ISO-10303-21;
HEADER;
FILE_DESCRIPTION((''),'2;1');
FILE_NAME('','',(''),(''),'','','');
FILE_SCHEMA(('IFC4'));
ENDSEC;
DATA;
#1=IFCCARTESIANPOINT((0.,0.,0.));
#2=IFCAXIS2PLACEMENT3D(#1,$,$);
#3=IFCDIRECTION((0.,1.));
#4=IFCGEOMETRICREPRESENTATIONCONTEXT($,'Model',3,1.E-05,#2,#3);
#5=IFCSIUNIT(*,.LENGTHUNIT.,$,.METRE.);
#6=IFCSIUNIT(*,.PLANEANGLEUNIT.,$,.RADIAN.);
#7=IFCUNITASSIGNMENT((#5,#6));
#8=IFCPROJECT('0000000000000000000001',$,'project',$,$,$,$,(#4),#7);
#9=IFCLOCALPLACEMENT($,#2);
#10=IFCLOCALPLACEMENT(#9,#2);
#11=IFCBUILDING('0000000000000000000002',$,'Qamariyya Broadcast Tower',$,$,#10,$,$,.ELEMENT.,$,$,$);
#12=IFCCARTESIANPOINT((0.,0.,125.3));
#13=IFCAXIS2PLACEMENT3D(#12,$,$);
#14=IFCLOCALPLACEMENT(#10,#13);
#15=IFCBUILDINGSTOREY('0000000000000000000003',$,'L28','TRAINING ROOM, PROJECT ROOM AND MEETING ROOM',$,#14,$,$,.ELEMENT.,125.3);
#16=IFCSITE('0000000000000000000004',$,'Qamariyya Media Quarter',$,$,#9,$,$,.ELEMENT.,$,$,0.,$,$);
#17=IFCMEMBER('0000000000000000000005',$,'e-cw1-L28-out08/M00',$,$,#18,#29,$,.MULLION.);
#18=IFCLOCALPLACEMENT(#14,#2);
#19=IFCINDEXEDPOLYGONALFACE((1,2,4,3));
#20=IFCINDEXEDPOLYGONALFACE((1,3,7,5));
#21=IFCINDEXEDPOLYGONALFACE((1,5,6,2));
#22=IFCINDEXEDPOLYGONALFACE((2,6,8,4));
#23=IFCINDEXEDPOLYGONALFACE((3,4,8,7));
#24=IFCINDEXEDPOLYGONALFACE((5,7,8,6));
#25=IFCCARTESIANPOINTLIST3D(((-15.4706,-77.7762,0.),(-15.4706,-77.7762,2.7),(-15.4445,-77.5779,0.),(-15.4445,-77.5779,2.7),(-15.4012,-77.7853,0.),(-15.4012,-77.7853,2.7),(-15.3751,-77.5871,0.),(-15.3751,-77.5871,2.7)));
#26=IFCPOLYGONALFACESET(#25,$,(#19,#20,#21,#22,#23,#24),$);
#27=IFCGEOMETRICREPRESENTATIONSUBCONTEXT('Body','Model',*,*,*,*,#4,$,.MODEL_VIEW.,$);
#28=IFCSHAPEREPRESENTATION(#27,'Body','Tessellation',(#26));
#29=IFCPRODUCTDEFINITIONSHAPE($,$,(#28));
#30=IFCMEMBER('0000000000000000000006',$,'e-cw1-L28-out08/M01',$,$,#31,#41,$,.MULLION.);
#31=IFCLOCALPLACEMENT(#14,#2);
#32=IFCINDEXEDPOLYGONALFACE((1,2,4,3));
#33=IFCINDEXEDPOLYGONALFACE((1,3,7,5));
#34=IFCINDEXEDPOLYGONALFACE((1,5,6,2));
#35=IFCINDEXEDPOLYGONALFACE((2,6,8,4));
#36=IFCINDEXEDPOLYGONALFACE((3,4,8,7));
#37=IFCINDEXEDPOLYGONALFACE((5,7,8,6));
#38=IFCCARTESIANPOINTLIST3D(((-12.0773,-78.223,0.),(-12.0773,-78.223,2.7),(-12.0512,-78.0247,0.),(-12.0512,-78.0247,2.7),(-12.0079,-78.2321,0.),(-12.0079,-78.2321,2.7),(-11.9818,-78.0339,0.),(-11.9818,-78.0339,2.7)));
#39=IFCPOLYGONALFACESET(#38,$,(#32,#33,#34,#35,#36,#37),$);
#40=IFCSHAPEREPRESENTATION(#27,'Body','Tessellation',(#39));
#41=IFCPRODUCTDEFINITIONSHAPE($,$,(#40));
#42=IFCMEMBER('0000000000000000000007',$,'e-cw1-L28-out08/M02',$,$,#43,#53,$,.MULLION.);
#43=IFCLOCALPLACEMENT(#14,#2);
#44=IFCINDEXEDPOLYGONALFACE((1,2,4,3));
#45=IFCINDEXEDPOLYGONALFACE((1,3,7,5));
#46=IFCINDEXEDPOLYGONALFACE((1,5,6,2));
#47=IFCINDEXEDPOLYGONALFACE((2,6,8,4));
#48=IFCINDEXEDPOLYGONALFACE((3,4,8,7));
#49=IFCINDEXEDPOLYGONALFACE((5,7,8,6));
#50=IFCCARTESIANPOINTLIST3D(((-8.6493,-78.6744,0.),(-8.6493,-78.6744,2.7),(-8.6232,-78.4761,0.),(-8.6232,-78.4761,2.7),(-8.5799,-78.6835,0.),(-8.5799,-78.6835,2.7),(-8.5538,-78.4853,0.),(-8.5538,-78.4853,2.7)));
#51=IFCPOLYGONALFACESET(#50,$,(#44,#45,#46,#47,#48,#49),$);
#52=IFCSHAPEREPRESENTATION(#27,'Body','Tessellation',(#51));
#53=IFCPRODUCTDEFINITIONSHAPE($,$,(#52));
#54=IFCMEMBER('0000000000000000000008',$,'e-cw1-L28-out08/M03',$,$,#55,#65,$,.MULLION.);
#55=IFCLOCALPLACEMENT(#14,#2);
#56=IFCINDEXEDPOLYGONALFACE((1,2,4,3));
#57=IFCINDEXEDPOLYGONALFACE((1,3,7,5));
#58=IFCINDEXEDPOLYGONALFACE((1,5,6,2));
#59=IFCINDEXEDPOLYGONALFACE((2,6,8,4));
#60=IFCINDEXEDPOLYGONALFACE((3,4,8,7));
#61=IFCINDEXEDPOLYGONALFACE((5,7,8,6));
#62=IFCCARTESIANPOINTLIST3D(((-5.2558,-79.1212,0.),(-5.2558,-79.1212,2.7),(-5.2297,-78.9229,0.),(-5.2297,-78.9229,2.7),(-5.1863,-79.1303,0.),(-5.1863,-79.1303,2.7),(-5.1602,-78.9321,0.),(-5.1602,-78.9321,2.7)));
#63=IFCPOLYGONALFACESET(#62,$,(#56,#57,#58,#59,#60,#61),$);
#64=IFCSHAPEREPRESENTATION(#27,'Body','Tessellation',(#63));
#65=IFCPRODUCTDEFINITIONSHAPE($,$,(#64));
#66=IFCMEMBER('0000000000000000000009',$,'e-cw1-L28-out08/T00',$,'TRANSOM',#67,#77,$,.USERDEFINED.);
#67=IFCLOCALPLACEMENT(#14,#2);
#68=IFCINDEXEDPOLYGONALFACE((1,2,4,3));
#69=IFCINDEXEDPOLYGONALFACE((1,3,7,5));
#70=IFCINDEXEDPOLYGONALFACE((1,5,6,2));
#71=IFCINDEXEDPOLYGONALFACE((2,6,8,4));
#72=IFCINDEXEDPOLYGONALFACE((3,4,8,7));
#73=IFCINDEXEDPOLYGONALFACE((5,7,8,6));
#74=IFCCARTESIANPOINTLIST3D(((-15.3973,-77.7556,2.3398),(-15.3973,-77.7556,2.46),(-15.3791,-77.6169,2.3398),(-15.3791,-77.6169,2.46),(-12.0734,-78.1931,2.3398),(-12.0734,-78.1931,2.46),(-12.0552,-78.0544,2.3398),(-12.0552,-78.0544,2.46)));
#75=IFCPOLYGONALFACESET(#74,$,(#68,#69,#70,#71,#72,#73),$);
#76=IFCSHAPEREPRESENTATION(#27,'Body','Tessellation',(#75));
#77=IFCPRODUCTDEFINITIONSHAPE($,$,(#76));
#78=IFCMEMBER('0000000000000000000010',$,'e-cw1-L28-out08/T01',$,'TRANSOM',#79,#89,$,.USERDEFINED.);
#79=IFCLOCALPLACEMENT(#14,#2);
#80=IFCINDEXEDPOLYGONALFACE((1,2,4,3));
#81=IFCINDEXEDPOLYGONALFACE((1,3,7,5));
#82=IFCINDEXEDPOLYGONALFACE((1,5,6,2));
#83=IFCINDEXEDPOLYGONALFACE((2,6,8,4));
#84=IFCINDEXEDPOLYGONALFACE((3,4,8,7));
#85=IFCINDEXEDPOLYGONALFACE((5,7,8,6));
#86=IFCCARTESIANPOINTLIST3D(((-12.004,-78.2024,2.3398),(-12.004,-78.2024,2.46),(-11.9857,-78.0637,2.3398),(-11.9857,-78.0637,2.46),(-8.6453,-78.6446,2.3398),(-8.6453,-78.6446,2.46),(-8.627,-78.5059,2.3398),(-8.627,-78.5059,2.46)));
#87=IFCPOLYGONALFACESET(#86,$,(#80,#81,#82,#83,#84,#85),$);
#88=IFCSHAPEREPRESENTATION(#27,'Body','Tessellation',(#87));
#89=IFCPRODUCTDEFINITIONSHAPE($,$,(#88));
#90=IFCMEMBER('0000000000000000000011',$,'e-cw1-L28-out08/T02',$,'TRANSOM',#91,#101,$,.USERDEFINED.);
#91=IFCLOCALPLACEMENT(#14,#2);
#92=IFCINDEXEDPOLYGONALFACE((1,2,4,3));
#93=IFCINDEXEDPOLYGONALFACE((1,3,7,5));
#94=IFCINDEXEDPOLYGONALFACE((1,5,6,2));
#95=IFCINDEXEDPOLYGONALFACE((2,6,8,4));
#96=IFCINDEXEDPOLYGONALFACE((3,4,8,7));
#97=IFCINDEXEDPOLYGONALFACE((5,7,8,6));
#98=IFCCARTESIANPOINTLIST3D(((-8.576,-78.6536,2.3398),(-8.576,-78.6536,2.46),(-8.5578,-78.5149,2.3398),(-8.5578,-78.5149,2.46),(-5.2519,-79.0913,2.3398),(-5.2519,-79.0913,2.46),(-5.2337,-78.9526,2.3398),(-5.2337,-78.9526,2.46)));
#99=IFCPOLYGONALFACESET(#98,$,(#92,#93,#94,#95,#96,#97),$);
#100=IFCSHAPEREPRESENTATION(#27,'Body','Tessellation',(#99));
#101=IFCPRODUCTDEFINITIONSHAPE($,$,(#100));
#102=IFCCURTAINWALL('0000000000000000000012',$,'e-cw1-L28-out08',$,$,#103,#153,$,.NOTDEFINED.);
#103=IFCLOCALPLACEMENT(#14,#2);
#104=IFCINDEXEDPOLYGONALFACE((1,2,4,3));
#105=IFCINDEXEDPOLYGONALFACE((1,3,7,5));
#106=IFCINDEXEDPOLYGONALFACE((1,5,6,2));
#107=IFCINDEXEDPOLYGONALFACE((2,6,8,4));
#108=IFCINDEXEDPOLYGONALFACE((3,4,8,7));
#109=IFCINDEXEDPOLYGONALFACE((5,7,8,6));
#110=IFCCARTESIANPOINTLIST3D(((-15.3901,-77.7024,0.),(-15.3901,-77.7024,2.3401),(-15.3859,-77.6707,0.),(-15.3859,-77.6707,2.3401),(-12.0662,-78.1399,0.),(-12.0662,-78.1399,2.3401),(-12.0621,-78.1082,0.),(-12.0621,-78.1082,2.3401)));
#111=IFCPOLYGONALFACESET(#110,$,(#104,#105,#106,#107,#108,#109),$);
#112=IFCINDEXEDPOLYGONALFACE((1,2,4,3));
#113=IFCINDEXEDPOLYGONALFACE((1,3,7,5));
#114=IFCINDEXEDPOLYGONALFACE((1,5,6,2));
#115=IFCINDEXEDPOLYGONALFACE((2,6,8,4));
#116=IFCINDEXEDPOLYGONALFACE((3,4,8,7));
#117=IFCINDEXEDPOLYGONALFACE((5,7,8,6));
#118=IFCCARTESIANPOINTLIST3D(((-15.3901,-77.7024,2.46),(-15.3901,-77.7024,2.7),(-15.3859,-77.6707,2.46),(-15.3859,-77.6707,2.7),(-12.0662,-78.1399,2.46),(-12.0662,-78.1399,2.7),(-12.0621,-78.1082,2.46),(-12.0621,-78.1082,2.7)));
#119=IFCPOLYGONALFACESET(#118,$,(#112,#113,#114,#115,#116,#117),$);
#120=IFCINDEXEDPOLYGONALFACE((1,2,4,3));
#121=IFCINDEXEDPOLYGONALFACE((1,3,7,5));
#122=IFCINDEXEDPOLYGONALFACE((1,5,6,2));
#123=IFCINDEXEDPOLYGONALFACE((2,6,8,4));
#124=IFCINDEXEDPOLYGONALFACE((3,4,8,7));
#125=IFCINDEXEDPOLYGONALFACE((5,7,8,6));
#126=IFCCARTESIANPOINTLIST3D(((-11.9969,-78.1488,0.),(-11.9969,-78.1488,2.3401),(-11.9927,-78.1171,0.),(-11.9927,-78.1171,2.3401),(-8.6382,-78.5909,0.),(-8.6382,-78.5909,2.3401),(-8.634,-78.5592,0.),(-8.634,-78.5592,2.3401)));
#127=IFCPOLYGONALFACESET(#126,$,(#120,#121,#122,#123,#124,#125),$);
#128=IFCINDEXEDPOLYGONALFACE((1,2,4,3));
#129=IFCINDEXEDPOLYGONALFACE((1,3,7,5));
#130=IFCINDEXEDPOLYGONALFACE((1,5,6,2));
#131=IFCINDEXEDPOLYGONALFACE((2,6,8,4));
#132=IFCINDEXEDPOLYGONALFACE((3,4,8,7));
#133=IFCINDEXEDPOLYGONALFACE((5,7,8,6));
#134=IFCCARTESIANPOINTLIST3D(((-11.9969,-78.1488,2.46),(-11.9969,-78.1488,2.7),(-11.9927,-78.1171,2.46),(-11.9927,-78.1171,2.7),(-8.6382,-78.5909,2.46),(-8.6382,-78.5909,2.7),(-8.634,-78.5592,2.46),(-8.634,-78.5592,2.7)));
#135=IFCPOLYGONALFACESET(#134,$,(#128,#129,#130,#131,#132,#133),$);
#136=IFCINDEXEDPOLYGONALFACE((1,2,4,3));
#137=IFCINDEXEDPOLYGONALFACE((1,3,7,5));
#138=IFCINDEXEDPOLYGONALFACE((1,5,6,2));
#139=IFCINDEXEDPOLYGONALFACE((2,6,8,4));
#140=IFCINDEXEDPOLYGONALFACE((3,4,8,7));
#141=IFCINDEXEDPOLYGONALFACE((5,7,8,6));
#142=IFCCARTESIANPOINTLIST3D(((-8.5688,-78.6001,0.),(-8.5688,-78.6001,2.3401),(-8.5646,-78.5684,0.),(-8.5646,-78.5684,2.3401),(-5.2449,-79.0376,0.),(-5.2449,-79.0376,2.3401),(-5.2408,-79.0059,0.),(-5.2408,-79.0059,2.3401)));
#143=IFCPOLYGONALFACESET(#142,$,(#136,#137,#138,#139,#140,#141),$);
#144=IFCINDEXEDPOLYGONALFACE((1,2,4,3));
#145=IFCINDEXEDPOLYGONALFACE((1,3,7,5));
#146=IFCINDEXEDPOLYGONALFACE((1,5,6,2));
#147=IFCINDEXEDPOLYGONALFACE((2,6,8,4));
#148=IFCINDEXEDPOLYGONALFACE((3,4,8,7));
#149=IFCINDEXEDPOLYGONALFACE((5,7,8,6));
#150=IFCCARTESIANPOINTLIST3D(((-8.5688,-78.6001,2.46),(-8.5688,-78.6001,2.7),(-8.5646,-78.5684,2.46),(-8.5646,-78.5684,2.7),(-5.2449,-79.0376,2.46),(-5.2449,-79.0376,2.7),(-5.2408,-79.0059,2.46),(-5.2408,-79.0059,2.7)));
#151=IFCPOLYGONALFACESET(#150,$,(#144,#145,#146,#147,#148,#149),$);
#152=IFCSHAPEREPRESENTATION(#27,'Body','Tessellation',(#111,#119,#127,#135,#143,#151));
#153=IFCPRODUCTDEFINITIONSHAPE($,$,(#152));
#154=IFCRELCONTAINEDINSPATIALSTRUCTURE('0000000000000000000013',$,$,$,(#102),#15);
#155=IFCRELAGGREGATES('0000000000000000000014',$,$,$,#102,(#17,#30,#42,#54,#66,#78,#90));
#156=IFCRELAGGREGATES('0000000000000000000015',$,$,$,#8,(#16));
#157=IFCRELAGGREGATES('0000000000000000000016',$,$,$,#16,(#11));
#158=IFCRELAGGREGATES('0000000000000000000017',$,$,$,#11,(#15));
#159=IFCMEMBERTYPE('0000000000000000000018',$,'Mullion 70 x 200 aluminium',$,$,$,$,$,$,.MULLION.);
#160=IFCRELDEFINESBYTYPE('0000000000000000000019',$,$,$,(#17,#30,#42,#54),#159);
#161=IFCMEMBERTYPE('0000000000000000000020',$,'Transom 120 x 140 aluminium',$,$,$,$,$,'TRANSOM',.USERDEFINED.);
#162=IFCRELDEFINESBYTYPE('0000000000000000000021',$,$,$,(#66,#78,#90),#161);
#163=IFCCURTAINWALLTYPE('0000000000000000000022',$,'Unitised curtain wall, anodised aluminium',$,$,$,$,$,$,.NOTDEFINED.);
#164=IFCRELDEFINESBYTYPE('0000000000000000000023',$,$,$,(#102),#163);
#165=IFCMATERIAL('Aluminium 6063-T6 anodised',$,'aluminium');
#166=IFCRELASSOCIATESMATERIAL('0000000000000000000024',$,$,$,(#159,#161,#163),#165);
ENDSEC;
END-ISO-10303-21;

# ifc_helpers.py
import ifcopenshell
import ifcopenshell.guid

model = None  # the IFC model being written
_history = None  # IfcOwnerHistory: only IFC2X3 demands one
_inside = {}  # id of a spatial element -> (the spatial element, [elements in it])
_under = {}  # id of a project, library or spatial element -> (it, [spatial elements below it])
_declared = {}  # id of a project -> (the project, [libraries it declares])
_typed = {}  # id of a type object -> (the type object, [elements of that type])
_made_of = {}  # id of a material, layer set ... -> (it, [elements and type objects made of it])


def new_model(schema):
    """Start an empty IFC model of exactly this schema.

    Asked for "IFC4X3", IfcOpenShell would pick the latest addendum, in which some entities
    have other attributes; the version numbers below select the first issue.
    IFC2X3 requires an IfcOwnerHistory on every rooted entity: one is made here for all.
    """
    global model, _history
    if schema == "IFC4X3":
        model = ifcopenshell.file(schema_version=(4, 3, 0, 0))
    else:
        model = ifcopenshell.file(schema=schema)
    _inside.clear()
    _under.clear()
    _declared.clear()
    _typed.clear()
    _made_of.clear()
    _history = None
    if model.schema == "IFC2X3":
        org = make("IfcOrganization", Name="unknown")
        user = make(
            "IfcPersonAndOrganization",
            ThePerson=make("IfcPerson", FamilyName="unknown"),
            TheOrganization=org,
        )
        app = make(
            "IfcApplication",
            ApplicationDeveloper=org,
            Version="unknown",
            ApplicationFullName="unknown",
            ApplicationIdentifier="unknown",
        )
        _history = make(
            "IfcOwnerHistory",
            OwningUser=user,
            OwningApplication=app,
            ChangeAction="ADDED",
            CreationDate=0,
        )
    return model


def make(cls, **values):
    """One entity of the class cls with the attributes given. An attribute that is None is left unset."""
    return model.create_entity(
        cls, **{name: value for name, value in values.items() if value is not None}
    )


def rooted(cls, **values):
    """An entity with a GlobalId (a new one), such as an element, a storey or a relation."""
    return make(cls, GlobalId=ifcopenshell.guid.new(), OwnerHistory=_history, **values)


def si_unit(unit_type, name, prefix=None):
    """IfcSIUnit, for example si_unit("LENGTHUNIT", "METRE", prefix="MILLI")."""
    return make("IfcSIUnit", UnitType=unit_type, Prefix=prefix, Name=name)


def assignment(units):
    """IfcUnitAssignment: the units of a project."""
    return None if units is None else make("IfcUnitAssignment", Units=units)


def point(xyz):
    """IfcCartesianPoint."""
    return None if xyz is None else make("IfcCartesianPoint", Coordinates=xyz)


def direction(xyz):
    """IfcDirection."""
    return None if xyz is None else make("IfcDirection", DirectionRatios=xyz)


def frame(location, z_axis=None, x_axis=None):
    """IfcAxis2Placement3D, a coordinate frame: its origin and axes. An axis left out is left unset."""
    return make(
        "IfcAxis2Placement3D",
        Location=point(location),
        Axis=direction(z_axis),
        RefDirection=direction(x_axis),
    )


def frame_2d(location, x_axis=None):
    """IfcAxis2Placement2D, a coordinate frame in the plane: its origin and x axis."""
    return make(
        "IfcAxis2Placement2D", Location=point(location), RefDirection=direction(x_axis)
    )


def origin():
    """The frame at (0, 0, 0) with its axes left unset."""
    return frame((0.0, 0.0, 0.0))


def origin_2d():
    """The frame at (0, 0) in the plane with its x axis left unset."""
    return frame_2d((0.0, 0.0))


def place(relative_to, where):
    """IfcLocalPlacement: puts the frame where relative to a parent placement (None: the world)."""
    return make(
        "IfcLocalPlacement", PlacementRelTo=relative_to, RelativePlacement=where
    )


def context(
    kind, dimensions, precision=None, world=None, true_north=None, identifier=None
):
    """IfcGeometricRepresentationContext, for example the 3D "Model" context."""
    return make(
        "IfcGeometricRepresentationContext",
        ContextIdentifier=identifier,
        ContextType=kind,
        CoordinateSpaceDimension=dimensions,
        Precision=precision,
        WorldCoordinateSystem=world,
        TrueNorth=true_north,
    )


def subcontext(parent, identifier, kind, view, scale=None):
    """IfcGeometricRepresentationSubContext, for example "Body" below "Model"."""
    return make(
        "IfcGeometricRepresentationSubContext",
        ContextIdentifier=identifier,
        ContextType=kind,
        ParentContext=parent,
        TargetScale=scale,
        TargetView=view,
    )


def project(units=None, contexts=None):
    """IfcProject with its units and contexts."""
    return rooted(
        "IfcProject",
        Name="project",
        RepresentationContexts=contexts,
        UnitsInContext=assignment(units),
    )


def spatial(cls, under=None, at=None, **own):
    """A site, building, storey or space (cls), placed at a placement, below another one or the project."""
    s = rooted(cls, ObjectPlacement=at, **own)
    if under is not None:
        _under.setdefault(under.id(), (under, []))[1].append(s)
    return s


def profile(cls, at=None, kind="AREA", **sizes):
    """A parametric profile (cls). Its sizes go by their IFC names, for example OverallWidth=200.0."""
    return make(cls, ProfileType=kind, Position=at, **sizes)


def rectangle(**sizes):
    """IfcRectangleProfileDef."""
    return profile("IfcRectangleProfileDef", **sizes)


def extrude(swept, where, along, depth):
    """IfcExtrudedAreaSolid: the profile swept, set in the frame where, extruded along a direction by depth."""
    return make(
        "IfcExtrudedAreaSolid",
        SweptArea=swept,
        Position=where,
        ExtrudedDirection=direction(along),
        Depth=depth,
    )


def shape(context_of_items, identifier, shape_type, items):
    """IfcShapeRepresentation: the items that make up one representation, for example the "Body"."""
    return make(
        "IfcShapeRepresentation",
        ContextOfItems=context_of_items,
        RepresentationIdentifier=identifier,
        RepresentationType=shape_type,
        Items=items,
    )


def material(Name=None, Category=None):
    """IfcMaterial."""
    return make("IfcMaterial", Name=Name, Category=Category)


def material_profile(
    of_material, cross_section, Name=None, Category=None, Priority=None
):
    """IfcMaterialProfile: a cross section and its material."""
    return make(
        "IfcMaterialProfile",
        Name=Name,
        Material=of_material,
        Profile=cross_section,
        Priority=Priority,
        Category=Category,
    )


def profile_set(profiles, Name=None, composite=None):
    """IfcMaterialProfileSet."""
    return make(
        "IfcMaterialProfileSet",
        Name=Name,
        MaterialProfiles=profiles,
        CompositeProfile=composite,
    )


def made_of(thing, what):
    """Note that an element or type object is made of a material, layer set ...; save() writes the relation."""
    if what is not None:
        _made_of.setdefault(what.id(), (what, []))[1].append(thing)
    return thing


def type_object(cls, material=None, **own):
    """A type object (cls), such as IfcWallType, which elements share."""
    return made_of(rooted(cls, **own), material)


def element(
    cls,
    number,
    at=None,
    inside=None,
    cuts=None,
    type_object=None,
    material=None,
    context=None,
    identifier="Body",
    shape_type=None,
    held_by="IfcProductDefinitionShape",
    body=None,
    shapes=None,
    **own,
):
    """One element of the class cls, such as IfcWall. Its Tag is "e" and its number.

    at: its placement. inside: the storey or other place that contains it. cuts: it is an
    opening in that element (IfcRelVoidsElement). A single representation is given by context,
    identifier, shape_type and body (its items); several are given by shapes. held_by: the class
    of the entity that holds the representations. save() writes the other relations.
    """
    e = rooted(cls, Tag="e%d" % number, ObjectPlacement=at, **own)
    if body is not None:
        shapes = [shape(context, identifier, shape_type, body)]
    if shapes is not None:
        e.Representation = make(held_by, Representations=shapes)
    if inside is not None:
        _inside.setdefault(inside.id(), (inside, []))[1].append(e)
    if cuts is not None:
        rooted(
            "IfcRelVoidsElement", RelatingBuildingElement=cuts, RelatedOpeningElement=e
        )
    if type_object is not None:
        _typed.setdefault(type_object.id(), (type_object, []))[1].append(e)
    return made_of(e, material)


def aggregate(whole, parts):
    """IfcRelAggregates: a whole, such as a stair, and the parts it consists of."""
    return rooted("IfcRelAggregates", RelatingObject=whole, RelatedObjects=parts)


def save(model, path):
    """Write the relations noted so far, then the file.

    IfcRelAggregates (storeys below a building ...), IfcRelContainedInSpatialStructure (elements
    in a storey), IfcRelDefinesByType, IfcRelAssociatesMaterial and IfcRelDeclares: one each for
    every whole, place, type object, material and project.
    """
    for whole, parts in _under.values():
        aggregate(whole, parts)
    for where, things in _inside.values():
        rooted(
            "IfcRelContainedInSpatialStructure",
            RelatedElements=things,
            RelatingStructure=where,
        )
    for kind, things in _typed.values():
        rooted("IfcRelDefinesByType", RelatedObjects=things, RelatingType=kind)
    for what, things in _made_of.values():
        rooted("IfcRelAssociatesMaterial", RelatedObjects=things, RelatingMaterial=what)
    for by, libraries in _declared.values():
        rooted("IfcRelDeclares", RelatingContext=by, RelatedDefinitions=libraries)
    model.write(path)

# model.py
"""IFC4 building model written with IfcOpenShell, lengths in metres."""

from ifc_helpers import new_model, si_unit, direction, frame, origin, origin_2d, place, context, subcontext, project, spatial, rectangle, extrude, material, material_profile, profile_set, type_object, element, aggregate, save


model = new_model("IFC4")

# Units and contexts
model_context = context("Model", 3, precision=1e-05, world=origin(), true_north=direction((0.0, 1.0)))
body_context = subcontext(model_context, "Body", "Model", "MODEL_VIEW")
ifc_project = project(units=[si_unit("LENGTHUNIT", "METRE"), si_unit("PLANEANGLEUNIT", "RADIAN")], contexts=[model_context])

# Members
ifc_material = material(Name="Aluminium 6063-T6 anodised", Category="aluminium")
ifc_material_profile_1 = material_profile(ifc_material, rectangle(XDim=0.2, YDim=0.0701, at=origin_2d()))
ifc_profile_set_1 = profile_set([ifc_material_profile_1], Name="Aluminium 6063-T6 anodised")
member_type_1 = type_object("IfcMemberType", Name="Mullion 70 x 200 aluminium", PredefinedType="MULLION", material=ifc_profile_set_1)
site_placement = place(None, origin())
building_placement = place(site_placement, origin())
storey_placement = place(building_placement, frame((0.0, 0.0, 125.3)))
member_1_placement = place(storey_placement, frame((-15.4229, -77.6816, 0.0), z_axis=(0.0, 0.0, 1.0), x_axis=(0.130526, 0.991445, 0.0)))
member_1 = element("IfcMember", 1, at=member_1_placement, type_object=member_type_1, Name="e-cw1-L28-out08/M00", PredefinedType="MULLION", context=body_context, shape_type="SweptSolid", body=[
    extrude(rectangle(XDim=0.2, YDim=0.0701, at=origin_2d()), origin(), (0.0, 0.0, 1.0), 2.7),
])
member_2_placement = place(storey_placement, frame((-12.0295, -78.1284, 0.0), z_axis=(0.0, 0.0, 1.0), x_axis=(0.130526, 0.991445, 0.0)))
member_2 = element("IfcMember", 2, at=member_2_placement, type_object=member_type_1, Name="e-cw1-L28-out08/M01", PredefinedType="MULLION", context=body_context, shape_type="SweptSolid", body=[
    extrude(rectangle(XDim=0.2, YDim=0.0701, at=origin_2d()), origin(), (0.0, 0.0, 1.0), 2.7),
])
member_3_placement = place(storey_placement, frame((-8.6016, -78.5798, 0.0), z_axis=(0.0, 0.0, 1.0), x_axis=(0.130526, 0.991445, 0.0)))
member_3 = element("IfcMember", 3, at=member_3_placement, type_object=member_type_1, Name="e-cw1-L28-out08/M02", PredefinedType="MULLION", context=body_context, shape_type="SweptSolid", body=[
    extrude(rectangle(XDim=0.2, YDim=0.0701, at=origin_2d()), origin(), (0.0, 0.0, 1.0), 2.7),
])
member_4_placement = place(storey_placement, frame((-5.208, -79.0266, 0.0), z_axis=(0.0, 0.0, 1.0), x_axis=(0.130526, 0.991445, 0.0)))
member_4 = element("IfcMember", 4, at=member_4_placement, type_object=member_type_1, Name="e-cw1-L28-out08/M03", PredefinedType="MULLION", context=body_context, shape_type="SweptSolid", body=[
    extrude(rectangle(XDim=0.2, YDim=0.0701, at=origin_2d()), origin(), (0.0, 0.0, 1.0), 2.7),
])
ifc_material_profile_2 = material_profile(ifc_material, rectangle(XDim=0.1399, YDim=0.1201, at=origin_2d()))
ifc_profile_set_2 = profile_set([ifc_material_profile_2], Name="Aluminium 6063-T6 anodised")
member_type_2 = type_object("IfcMemberType", Name="Transom 120 x 140 aluminium", ElementType="TRANSOM", PredefinedType="USERDEFINED", material=ifc_profile_set_2)
member_5_placement = place(storey_placement, frame((-15.3882, -77.6863, 2.3999), z_axis=(0.991449, -0.130494, 0.0), x_axis=(0.130494, 0.991449, 0.0)))
member_5 = element("IfcMember", 5, at=member_5_placement, type_object=member_type_2, Name="e-cw1-L28-out08/T00", ObjectType="TRANSOM", PredefinedType="USERDEFINED", context=body_context, shape_type="SweptSolid", body=[
    extrude(rectangle(XDim=0.1399, YDim=0.1201, at=origin_2d()), origin(), (0.0, 0.0, 1.0), 3.3525),
])
member_6_placement = place(storey_placement, frame((-11.9949, -78.1331, 2.3999), z_axis=(0.991446, -0.130516, 0.0), x_axis=(0.130516, 0.991446, 0.0)))
member_6 = element("IfcMember", 6, at=member_6_placement, type_object=member_type_2, Name="e-cw1-L28-out08/T01", ObjectType="TRANSOM", PredefinedType="USERDEFINED", context=body_context, shape_type="SweptSolid", body=[
    extrude(rectangle(XDim=0.1399, YDim=0.1201, at=origin_2d()), origin(), (0.0, 0.0, 1.0), 3.3877),
])
member_7_placement = place(storey_placement, frame((-8.5669, -78.5842, 2.3999), z_axis=(0.99144, -0.130566, 0.0), x_axis=(0.130566, 0.99144, 0.0)))
member_7 = element("IfcMember", 7, at=member_7_placement, type_object=member_type_2, Name="e-cw1-L28-out08/T02", ObjectType="TRANSOM", PredefinedType="USERDEFINED", context=body_context, shape_type="SweptSolid", body=[
    extrude(rectangle(XDim=0.1399, YDim=0.1201, at=origin_2d()), origin(), (0.0, 0.0, 1.0), 3.3528),
])

# Site, building, storey
site = spatial("IfcSite", under=ifc_project, at=site_placement, Name="Qamariyya Media Quarter", CompositionType="ELEMENT", RefElevation=0.0)
building = spatial("IfcBuilding", under=site, at=building_placement, Name="Qamariyya Broadcast Tower", CompositionType="ELEMENT")
storey = spatial("IfcBuildingStorey", under=building, at=storey_placement, Name="L28", Description="TRAINING ROOM, PROJECT ROOM AND MEETING ROOM", CompositionType="ELEMENT", Elevation=125.3)

# Curtain wall
curtain_wall_type = type_object("IfcCurtainWallType", Name="Unitised curtain wall, anodised aluminium", PredefinedType="NOTDEFINED", material=ifc_material)
curtain_wall_1_placement = place(storey_placement, origin())
curtain_wall_1 = element("IfcCurtainWall", 8, at=curtain_wall_1_placement, inside=storey, type_object=curtain_wall_type, Name="e-cw1-L28-out08", PredefinedType="NOTDEFINED", context=body_context, shape_type="SweptSolid", body=[
    extrude(rectangle(XDim=3.3525, YDim=0.032, at=origin_2d()), frame((-13.7261, -77.9053, 0.0), x_axis=(0.991447, -0.130509, 0.0)), (0.0, 0.0, 1.0), 2.3401),
    extrude(rectangle(XDim=3.3525, YDim=0.032, at=origin_2d()), frame((-13.7261, -77.9053, 2.46), x_axis=(0.991447, -0.130509, 0.0)), (0.0, 0.0, 1.0), 0.24),
    extrude(rectangle(XDim=3.3877, YDim=0.032, at=origin_2d()), frame((-10.3154, -78.354, 0.0), x_axis=(0.991447, -0.130509, 0.0)), (0.0, 0.0, 1.0), 2.3401),
    extrude(rectangle(XDim=3.3877, YDim=0.032, at=origin_2d()), frame((-10.3154, -78.354, 2.46), x_axis=(0.991447, -0.130509, 0.0)), (0.0, 0.0, 1.0), 0.24),
    extrude(rectangle(XDim=3.3525, YDim=0.032, at=origin_2d()), frame((-6.9048, -78.803, 0.0), x_axis=(0.991447, -0.130509, 0.0)), (0.0, 0.0, 1.0), 2.3401),
    extrude(rectangle(XDim=3.3525, YDim=0.032, at=origin_2d()), frame((-6.9048, -78.803, 2.46), x_axis=(0.991447, -0.130509, 0.0)), (0.0, 0.0, 1.0), 0.24),
])
aggregate(curtain_wall_1, [member_1, member_2, member_3, member_4, member_5, member_6, member_7])

save(model, "model.ifc")
